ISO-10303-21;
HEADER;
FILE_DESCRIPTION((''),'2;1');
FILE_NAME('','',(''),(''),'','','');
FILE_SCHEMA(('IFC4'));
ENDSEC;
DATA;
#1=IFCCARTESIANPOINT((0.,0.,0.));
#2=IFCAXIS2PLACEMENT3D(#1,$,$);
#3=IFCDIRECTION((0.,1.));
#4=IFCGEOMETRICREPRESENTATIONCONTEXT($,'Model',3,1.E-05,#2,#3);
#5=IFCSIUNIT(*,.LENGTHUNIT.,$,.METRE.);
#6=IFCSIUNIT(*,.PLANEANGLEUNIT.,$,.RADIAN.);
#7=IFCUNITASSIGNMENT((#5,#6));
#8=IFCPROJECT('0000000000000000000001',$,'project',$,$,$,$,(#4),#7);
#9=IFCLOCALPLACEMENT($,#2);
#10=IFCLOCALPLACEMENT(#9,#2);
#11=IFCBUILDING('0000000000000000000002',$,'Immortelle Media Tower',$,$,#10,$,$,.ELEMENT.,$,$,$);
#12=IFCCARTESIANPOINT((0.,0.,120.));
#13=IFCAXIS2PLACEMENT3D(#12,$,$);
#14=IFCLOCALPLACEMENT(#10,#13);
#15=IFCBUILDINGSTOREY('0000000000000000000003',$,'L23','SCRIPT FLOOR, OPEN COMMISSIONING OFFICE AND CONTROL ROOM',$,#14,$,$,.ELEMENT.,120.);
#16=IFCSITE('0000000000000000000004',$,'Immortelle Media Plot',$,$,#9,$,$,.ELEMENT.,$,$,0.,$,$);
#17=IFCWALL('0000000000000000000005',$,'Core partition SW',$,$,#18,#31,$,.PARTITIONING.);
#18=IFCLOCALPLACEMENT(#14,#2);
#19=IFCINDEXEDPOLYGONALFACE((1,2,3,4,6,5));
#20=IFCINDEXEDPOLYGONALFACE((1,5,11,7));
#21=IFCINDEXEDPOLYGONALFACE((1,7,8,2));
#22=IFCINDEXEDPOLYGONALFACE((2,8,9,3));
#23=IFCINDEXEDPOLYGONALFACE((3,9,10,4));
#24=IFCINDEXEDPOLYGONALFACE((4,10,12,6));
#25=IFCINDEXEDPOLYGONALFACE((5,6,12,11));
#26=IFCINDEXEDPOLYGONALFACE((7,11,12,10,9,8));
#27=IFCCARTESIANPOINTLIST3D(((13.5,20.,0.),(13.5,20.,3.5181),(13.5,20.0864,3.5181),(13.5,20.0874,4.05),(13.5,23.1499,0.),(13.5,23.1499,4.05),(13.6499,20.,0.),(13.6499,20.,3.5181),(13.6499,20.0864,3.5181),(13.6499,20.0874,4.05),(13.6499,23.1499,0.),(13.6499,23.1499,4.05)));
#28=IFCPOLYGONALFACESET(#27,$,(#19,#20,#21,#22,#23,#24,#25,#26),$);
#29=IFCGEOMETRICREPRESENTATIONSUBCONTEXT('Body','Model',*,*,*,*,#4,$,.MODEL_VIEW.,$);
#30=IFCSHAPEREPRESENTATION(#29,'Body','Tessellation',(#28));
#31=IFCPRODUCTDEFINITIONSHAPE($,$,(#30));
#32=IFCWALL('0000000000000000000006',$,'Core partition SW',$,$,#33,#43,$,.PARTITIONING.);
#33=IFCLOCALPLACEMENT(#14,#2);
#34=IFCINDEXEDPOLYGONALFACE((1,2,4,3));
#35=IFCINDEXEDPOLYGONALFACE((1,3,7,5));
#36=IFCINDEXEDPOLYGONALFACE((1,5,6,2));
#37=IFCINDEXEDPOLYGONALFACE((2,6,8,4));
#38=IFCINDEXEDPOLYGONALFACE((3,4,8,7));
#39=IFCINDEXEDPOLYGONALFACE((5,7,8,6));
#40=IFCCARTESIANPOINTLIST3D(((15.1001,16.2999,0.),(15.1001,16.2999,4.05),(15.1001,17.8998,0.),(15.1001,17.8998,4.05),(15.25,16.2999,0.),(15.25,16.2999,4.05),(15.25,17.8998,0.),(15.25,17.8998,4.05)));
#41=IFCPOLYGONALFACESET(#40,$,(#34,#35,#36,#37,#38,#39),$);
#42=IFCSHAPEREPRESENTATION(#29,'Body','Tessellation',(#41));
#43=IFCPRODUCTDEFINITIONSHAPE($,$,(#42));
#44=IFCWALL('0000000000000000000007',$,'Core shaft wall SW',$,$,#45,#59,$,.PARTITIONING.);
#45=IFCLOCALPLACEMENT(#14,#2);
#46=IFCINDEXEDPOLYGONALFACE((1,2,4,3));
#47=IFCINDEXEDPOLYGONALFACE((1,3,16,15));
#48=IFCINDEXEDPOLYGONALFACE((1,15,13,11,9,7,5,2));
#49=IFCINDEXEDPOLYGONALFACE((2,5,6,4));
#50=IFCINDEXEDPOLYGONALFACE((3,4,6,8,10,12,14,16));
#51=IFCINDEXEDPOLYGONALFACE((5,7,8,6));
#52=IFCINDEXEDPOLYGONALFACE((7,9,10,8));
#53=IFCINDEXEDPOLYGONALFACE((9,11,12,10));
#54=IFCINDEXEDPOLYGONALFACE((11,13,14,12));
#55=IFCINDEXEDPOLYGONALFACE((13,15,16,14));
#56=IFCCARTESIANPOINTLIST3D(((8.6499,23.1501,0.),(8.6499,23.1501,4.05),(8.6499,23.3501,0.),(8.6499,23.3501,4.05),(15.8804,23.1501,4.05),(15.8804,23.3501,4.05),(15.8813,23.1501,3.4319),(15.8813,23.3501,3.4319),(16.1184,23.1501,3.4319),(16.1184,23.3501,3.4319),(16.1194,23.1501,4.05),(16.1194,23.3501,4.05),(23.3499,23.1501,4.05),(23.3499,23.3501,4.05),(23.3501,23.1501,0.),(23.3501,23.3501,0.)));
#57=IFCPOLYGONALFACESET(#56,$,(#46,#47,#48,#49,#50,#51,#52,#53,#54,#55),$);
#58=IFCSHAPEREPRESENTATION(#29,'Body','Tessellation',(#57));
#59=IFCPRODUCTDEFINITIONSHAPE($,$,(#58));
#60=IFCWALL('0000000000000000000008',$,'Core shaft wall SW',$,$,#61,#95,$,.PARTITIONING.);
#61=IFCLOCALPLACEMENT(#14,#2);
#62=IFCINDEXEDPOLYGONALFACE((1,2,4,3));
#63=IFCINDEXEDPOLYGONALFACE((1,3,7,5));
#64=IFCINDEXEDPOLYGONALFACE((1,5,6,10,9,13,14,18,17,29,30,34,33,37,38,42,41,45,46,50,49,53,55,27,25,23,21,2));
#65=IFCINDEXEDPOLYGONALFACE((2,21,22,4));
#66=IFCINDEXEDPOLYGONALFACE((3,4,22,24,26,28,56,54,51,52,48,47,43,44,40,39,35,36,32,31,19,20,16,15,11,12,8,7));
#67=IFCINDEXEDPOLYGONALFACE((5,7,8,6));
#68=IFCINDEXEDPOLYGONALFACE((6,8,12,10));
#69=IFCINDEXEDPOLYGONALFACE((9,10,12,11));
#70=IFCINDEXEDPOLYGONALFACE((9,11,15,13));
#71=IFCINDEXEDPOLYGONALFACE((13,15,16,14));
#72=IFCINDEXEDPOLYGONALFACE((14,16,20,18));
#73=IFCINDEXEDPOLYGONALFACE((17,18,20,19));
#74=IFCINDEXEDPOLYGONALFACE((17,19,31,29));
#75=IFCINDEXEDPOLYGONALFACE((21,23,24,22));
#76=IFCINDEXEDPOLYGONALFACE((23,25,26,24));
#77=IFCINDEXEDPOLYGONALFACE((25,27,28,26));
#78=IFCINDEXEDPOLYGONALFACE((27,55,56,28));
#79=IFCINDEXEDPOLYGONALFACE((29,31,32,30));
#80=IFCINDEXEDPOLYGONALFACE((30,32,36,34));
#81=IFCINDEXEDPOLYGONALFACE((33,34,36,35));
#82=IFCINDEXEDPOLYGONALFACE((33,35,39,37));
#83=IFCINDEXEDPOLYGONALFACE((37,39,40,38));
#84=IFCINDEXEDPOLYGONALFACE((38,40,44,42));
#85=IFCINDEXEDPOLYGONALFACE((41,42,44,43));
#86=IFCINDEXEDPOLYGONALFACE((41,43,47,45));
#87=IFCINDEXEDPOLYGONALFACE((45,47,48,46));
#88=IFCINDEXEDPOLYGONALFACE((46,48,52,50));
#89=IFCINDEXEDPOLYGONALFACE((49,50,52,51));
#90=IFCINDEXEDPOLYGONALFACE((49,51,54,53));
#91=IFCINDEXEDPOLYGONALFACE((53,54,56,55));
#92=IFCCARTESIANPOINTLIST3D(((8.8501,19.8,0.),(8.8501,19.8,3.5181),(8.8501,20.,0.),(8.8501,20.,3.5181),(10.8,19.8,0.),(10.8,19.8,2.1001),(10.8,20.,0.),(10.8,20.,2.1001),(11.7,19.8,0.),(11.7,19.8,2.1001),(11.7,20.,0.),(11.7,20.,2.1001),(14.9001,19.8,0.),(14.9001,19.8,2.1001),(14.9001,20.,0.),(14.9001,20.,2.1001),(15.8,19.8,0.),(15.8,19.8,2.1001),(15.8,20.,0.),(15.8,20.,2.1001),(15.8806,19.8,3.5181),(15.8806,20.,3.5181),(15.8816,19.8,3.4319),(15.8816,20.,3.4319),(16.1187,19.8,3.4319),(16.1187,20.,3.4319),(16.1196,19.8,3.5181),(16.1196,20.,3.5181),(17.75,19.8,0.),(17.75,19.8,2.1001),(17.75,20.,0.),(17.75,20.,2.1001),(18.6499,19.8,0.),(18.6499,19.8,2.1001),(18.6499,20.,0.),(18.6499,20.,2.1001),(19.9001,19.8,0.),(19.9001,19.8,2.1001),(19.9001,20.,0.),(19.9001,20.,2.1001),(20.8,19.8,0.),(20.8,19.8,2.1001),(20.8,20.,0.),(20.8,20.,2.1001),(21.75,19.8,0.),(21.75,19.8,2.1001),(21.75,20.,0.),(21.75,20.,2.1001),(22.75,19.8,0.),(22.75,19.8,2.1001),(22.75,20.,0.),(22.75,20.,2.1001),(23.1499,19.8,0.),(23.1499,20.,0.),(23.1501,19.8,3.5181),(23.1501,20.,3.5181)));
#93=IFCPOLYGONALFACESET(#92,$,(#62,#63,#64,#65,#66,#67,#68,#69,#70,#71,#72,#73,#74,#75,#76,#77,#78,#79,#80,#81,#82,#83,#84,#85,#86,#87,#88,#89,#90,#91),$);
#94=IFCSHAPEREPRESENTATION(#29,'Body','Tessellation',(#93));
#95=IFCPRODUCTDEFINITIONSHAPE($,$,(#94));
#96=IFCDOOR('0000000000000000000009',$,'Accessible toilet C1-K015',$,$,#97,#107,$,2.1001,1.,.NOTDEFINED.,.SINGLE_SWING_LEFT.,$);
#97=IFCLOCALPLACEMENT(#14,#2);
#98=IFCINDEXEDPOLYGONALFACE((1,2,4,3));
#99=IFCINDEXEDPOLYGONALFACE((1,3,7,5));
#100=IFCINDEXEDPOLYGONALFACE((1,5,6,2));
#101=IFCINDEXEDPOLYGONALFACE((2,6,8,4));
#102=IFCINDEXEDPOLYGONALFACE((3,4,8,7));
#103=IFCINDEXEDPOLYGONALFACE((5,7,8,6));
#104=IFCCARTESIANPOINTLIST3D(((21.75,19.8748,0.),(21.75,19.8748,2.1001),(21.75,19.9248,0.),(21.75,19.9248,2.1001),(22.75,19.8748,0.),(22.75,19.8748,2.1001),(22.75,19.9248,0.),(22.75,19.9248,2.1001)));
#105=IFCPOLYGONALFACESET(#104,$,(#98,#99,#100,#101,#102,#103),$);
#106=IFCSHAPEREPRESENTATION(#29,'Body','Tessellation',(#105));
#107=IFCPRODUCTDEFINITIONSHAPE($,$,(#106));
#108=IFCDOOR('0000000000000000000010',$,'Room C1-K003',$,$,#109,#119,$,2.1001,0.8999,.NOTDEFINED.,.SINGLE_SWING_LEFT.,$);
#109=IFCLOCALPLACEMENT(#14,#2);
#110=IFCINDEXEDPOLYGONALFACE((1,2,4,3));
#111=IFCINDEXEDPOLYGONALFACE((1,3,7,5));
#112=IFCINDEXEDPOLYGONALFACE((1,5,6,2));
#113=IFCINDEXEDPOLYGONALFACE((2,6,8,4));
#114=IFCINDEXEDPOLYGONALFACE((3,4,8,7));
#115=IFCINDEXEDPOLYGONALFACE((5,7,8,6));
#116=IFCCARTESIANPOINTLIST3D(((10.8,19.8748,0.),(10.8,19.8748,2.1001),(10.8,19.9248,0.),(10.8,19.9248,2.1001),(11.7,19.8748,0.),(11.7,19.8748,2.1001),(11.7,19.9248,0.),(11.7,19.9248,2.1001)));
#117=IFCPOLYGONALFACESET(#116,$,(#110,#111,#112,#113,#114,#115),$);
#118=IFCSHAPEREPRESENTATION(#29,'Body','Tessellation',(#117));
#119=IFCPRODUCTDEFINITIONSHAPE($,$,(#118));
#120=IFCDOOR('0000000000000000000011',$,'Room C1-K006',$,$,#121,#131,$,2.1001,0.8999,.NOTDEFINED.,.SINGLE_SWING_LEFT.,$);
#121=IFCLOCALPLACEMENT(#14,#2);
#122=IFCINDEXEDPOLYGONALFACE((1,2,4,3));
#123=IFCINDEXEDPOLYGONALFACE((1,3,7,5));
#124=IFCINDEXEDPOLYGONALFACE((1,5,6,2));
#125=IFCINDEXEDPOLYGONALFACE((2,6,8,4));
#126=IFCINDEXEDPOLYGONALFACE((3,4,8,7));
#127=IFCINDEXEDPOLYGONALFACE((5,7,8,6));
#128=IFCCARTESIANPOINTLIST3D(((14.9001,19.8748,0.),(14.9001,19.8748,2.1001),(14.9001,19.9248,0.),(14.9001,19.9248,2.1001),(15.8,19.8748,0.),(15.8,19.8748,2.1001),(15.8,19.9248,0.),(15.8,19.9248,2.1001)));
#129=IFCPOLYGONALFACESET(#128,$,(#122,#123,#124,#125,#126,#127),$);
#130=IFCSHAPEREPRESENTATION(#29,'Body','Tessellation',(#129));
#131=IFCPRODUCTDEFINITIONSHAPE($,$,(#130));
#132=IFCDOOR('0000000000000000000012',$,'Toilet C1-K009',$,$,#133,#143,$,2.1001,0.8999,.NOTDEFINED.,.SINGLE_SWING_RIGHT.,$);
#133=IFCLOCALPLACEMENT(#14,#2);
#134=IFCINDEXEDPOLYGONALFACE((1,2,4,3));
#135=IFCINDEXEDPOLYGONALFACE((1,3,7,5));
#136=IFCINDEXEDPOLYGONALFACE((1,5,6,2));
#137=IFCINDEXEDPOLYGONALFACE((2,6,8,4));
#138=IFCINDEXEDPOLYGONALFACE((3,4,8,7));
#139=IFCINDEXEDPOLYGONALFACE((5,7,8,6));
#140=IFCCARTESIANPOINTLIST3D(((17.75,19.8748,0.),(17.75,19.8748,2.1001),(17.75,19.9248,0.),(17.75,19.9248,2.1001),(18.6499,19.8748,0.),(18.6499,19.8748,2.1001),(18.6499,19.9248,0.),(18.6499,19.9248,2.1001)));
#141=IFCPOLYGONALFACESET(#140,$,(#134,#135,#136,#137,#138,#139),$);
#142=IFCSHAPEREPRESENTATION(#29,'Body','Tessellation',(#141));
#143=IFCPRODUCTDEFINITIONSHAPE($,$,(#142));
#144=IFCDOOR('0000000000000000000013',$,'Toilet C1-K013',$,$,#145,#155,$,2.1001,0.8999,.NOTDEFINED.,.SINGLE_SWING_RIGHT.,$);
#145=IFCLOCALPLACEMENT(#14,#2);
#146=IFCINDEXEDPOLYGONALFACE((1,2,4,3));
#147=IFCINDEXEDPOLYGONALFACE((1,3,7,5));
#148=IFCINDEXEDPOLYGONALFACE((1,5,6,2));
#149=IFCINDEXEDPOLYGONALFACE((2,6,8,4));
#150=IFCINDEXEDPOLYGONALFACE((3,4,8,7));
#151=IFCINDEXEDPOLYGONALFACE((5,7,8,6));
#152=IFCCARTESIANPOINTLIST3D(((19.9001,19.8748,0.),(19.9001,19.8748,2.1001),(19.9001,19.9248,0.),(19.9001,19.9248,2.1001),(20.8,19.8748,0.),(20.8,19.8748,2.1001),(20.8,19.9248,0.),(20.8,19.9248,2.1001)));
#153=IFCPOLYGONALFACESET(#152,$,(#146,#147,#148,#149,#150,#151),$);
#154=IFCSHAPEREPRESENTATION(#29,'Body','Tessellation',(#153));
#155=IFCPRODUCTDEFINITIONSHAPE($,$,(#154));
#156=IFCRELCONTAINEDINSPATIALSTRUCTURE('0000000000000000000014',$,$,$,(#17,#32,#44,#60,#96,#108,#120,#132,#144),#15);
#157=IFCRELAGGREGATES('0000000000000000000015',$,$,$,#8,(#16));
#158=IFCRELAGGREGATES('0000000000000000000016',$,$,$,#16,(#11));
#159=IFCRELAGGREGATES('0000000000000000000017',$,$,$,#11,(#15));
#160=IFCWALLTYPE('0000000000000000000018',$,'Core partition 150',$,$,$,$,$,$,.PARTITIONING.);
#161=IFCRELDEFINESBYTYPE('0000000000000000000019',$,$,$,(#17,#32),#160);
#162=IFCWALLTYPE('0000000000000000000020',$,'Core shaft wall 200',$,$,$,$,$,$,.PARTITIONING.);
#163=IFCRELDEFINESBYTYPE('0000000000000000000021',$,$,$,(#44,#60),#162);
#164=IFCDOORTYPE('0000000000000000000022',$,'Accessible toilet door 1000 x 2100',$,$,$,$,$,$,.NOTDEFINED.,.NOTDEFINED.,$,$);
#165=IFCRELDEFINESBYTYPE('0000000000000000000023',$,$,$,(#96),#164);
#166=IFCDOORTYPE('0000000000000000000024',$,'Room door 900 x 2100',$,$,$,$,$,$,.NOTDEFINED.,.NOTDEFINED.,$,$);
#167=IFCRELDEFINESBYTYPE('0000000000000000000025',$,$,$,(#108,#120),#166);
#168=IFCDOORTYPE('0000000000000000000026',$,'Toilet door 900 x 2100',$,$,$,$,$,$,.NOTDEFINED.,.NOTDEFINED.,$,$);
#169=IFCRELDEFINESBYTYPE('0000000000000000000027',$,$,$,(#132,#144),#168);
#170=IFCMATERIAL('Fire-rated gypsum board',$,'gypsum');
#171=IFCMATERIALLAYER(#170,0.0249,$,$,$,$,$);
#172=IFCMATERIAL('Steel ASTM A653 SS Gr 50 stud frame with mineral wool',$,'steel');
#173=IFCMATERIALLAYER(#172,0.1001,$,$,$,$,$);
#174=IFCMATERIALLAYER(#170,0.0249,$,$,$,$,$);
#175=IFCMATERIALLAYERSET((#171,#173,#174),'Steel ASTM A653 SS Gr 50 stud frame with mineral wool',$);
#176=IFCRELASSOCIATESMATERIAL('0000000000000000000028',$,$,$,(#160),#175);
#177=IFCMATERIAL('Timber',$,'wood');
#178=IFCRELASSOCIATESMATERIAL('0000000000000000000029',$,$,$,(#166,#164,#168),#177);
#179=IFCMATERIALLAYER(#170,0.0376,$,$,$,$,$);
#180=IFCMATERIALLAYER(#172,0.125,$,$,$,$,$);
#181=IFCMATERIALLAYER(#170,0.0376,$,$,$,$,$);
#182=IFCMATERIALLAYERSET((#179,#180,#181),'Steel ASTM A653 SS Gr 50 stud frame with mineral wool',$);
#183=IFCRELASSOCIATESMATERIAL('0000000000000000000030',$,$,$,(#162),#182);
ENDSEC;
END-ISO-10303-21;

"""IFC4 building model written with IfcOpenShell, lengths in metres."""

from ifc_helpers import new_model, si_unit, direction, frame, frame_2d, origin, place, context, subcontext, project, spatial, polyline, rectangle, outline, extrude, material, layer, layer_set, type_object, element, fill, save


model = new_model("IFC4")

# Units and contexts
model_context = context("Model", 3, precision=1e-05, world=origin(), true_north=direction((0.0, 1.0)))
body_context = subcontext(model_context, "Body", "Model", "MODEL_VIEW")
ifc_project = project(units=[si_unit("LENGTHUNIT", "METRE"), si_unit("PLANEANGLEUNIT", "RADIAN")], contexts=[model_context])

# Site, building, storey
site_placement = place(None, origin())
site = spatial("IfcSite", under=ifc_project, at=site_placement, Name="Immortelle Media Plot", CompositionType="ELEMENT", RefElevation=0.0)
building_placement = place(site_placement, origin())
building = spatial("IfcBuilding", under=site, at=building_placement, Name="Immortelle Media Tower", CompositionType="ELEMENT")
storey_placement = place(building_placement, frame((0.0, 0.0, 120.0)))
storey = spatial("IfcBuildingStorey", under=building, at=storey_placement, Name="L23", Description="SCRIPT FLOOR, OPEN COMMISSIONING OFFICE AND CONTROL ROOM", CompositionType="ELEMENT", Elevation=120.0)

# Shared definitions
ifc_material_1 = material(Name="Fire-rated gypsum board", Category="gypsum")
ifc_layer_1 = layer(ifc_material_1, 0.0249)
ifc_material_2 = material(Name="Steel ASTM A653 SS Gr 50 stud frame with mineral wool", Category="steel")
ifc_layer_2 = layer(ifc_material_2, 0.1001)
ifc_layer_3 = layer(ifc_material_1, 0.0249)
ifc_layer_set_1 = layer_set([ifc_layer_1, ifc_layer_2, ifc_layer_3], Name="Steel ASTM A653 SS Gr 50 stud frame with mineral wool")
wall_type_1 = type_object("IfcWallType", Name="Core partition 150", PredefinedType="PARTITIONING", material=ifc_layer_set_1)

# Shared definitions
ifc_material_3 = material(Name="Timber", Category="wood")
door_type_1 = type_object("IfcDoorType", Name="Room door 900 x 2100", OperationType="NOTDEFINED", PredefinedType="NOTDEFINED", material=ifc_material_3)

# Walls
wall_1_placement = place(storey_placement, frame((13.575, 20.0, 0.0), z_axis=(0.0, 0.0, 1.0), x_axis=(0.0, 1.0, 0.0)))
element("IfcWall", 1, at=wall_1_placement, inside=storey, type_object=wall_type_1, Name="Core partition SW", PredefinedType="PARTITIONING", context=body_context, shape_type="SweptSolid", body=[
    extrude(outline(polyline([(0.0, 0.0), (3.1499, 0.0), (3.1499, 4.05), (0.0874, 4.05), (0.0864, 3.5181), (0.0, 3.5181), (0.0, 0.0)])), frame((0.0, 0.075, 0.0), z_axis=(0.0, -1.0, 0.0), x_axis=(1.0, 0.0, 0.0)), (0.0, 0.0, 1.0), 0.1499),
])
wall_2_placement = place(storey_placement, frame((15.175, 16.3, 0.0), z_axis=(0.0, 0.0, 1.0), x_axis=(0.0, 1.0, 0.0)))
element("IfcWall", 2, at=wall_2_placement, inside=storey, type_object=wall_type_1, Name="Core partition SW", PredefinedType="PARTITIONING", context=body_context, shape_type="SweptSolid", body=[
    extrude(rectangle(XDim=1.5999, YDim=0.1499, at=frame_2d((0.7998, 0.0))), origin(), (0.0, 0.0, 1.0), 4.05),
])
ifc_layer_4 = layer(ifc_material_1, 0.0376)
ifc_layer_5 = layer(ifc_material_2, 0.125)
ifc_layer_6 = layer(ifc_material_1, 0.0376)
ifc_layer_set_2 = layer_set([ifc_layer_4, ifc_layer_5, ifc_layer_6], Name="Steel ASTM A653 SS Gr 50 stud frame with mineral wool")
wall_type_2 = type_object("IfcWallType", Name="Core shaft wall 200", PredefinedType="PARTITIONING", material=ifc_layer_set_2)
wall_3_placement = place(storey_placement, frame((8.6499, 23.25, 0.0), z_axis=(0.0, 0.0, 1.0), x_axis=(1.0, 0.0, 0.0)))
element("IfcWall", 3, at=wall_3_placement, inside=storey, type_object=wall_type_2, Name="Core shaft wall SW", PredefinedType="PARTITIONING", context=body_context, shape_type="SweptSolid", body=[
    extrude(outline(polyline([(0.0, 0.0), (14.7002, 0.0), (14.7, 4.05), (7.4695, 4.05), (7.4685, 3.4319), (7.2314, 3.4319), (7.2305, 4.05), (0.0, 4.05), (0.0, 0.0)])), frame((0.0, 0.1001, 0.0), z_axis=(0.0, -1.0, 0.0), x_axis=(1.0, 0.0, 0.0)), (0.0, 0.0, 1.0), 0.2),
])

# Wall, openings, doors
wall_4_placement = place(storey_placement, frame((8.8501, 19.8999, 0.0), z_axis=(0.0, 0.0, 1.0), x_axis=(1.0, 0.0, 0.0)))
wall_4 = element("IfcWall", 4, at=wall_4_placement, inside=storey, type_object=wall_type_2, Name="Core shaft wall SW", PredefinedType="PARTITIONING", context=body_context, shape_type="SweptSolid", body=[
    extrude(outline(polyline([(0.0, 0.0), (14.2998, 0.0), (14.3, 3.5181), (7.2695, 3.5181), (7.2686, 3.4319), (7.0315, 3.4319), (7.0305, 3.5181), (0.0, 3.5181), (0.0, 0.0)])), frame((0.0, 0.1001, 0.0), z_axis=(0.0, -1.0, 0.0), x_axis=(1.0, 0.0, 0.0)), (0.0, 0.0, 1.0), 0.2),
])
opening_1_placement = place(wall_4_placement, frame((1.95, 0.0, 0.0)))
opening_1 = element("IfcOpeningElement", 5, at=opening_1_placement, cuts=wall_4, PredefinedType="OPENING", context=body_context, shape_type="SweptSolid", body=[
    extrude(rectangle(XDim=0.8999, YDim=2.1001, at=frame_2d((0.45, 1.05))), frame((0.0, 0.1099, 0.0), z_axis=(0.0, -1.0, 0.0), x_axis=(1.0, 0.0, 0.0)), (0.0, 0.0, 1.0), 0.22),
])
opening_2_placement = place(wall_4_placement, frame((6.05, 0.0, 0.0)))
opening_2 = element("IfcOpeningElement", 6, at=opening_2_placement, cuts=wall_4, PredefinedType="OPENING", context=body_context, shape_type="SweptSolid", body=[
    extrude(rectangle(XDim=0.8999, YDim=2.1001, at=frame_2d((0.45, 1.05))), frame((0.0, 0.1099, 0.0), z_axis=(0.0, -1.0, 0.0), x_axis=(1.0, 0.0, 0.0)), (0.0, 0.0, 1.0), 0.22),
])
opening_3_placement = place(wall_4_placement, frame((8.8999, 0.0, 0.0)))
opening_3 = element("IfcOpeningElement", 7, at=opening_3_placement, cuts=wall_4, PredefinedType="OPENING", context=body_context, shape_type="SweptSolid", body=[
    extrude(rectangle(XDim=0.8999, YDim=2.1001, at=frame_2d((0.45, 1.05))), frame((0.0, 0.1099, 0.0), z_axis=(0.0, -1.0, 0.0), x_axis=(1.0, 0.0, 0.0)), (0.0, 0.0, 1.0), 0.22),
])
opening_4_placement = place(wall_4_placement, frame((11.05, 0.0, 0.0)))
opening_4 = element("IfcOpeningElement", 8, at=opening_4_placement, cuts=wall_4, PredefinedType="OPENING", context=body_context, shape_type="SweptSolid", body=[
    extrude(rectangle(XDim=0.8999, YDim=2.1001, at=frame_2d((0.45, 1.05))), frame((0.0, 0.1099, 0.0), z_axis=(0.0, -1.0, 0.0), x_axis=(1.0, 0.0, 0.0)), (0.0, 0.0, 1.0), 0.22),
])
opening_5_placement = place(wall_4_placement, frame((12.8999, 0.0, 0.0)))
opening_5 = element("IfcOpeningElement", 9, at=opening_5_placement, cuts=wall_4, PredefinedType="OPENING", context=body_context, shape_type="SweptSolid", body=[
    extrude(rectangle(XDim=1.0, YDim=2.1001, at=frame_2d((0.5, 1.05))), frame((0.0, 0.1099, 0.0), z_axis=(0.0, -1.0, 0.0), x_axis=(1.0, 0.0, 0.0)), (0.0, 0.0, 1.0), 0.22),
])
door_type_2 = type_object("IfcDoorType", Name="Accessible toilet door 1000 x 2100", OperationType="NOTDEFINED", PredefinedType="NOTDEFINED", material=ifc_material_3)
door_1_placement = place(opening_5_placement, origin())
door_1 = element("IfcDoor", 10, at=door_1_placement, inside=storey, type_object=door_type_2, Name="Accessible toilet C1-K015", OperationType="SINGLE_SWING_LEFT", OverallHeight=2.1001, OverallWidth=1.0, PredefinedType="NOTDEFINED", context=body_context, shape_type="SweptSolid", body=[
    extrude(rectangle(XDim=1.0, YDim=2.1001, at=frame_2d((0.5, 1.05))), frame((0.0, 0.0249, 0.0), z_axis=(0.0, -1.0, 0.0), x_axis=(1.0, 0.0, 0.0)), (0.0, 0.0, 1.0), 0.05),
])
fill(opening_5, door_1)
door_2_placement = place(opening_1_placement, origin())
door_2 = element("IfcDoor", 11, at=door_2_placement, inside=storey, type_object=door_type_1, Name="Room C1-K003", OperationType="SINGLE_SWING_LEFT", OverallHeight=2.1001, OverallWidth=0.8999, PredefinedType="NOTDEFINED", context=body_context, shape_type="SweptSolid", body=[
    extrude(rectangle(XDim=0.8999, YDim=2.1001, at=frame_2d((0.45, 1.05))), frame((0.0, 0.0249, 0.0), z_axis=(0.0, -1.0, 0.0), x_axis=(1.0, 0.0, 0.0)), (0.0, 0.0, 1.0), 0.05),
])
fill(opening_1, door_2)
door_3_placement = place(opening_2_placement, origin())
door_3 = element("IfcDoor", 12, at=door_3_placement, inside=storey, type_object=door_type_1, Name="Room C1-K006", OperationType="SINGLE_SWING_LEFT", OverallHeight=2.1001, OverallWidth=0.8999, PredefinedType="NOTDEFINED", context=body_context, shape_type="SweptSolid", body=[
    extrude(rectangle(XDim=0.8999, YDim=2.1001, at=frame_2d((0.45, 1.05))), frame((0.0, 0.0249, 0.0), z_axis=(0.0, -1.0, 0.0), x_axis=(1.0, 0.0, 0.0)), (0.0, 0.0, 1.0), 0.05),
])
fill(opening_2, door_3)
door_type_3 = type_object("IfcDoorType", Name="Toilet door 900 x 2100", OperationType="NOTDEFINED", PredefinedType="NOTDEFINED", material=ifc_material_3)
door_4_placement = place(opening_3_placement, origin())
door_4 = element("IfcDoor", 13, at=door_4_placement, inside=storey, type_object=door_type_3, Name="Toilet C1-K009", OperationType="SINGLE_SWING_RIGHT", OverallHeight=2.1001, OverallWidth=0.8999, PredefinedType="NOTDEFINED", context=body_context, shape_type="SweptSolid", body=[
    extrude(rectangle(XDim=0.8999, YDim=2.1001, at=frame_2d((0.45, 1.05))), frame((0.0, 0.0249, 0.0), z_axis=(0.0, -1.0, 0.0), x_axis=(1.0, 0.0, 0.0)), (0.0, 0.0, 1.0), 0.05),
])
fill(opening_3, door_4)
door_5_placement = place(opening_4_placement, origin())
door_5 = element("IfcDoor", 14, at=door_5_placement, inside=storey, type_object=door_type_3, Name="Toilet C1-K013", OperationType="SINGLE_SWING_RIGHT", OverallHeight=2.1001, OverallWidth=0.8999, PredefinedType="NOTDEFINED", context=body_context, shape_type="SweptSolid", body=[
    extrude(rectangle(XDim=0.8999, YDim=2.1001, at=frame_2d((0.45, 1.05))), frame((0.0, 0.0249, 0.0), z_axis=(0.0, -1.0, 0.0), x_axis=(1.0, 0.0, 0.0)), (0.0, 0.0, 1.0), 0.05),
])
fill(opening_4, door_5)

save(model, "model.ifc")
